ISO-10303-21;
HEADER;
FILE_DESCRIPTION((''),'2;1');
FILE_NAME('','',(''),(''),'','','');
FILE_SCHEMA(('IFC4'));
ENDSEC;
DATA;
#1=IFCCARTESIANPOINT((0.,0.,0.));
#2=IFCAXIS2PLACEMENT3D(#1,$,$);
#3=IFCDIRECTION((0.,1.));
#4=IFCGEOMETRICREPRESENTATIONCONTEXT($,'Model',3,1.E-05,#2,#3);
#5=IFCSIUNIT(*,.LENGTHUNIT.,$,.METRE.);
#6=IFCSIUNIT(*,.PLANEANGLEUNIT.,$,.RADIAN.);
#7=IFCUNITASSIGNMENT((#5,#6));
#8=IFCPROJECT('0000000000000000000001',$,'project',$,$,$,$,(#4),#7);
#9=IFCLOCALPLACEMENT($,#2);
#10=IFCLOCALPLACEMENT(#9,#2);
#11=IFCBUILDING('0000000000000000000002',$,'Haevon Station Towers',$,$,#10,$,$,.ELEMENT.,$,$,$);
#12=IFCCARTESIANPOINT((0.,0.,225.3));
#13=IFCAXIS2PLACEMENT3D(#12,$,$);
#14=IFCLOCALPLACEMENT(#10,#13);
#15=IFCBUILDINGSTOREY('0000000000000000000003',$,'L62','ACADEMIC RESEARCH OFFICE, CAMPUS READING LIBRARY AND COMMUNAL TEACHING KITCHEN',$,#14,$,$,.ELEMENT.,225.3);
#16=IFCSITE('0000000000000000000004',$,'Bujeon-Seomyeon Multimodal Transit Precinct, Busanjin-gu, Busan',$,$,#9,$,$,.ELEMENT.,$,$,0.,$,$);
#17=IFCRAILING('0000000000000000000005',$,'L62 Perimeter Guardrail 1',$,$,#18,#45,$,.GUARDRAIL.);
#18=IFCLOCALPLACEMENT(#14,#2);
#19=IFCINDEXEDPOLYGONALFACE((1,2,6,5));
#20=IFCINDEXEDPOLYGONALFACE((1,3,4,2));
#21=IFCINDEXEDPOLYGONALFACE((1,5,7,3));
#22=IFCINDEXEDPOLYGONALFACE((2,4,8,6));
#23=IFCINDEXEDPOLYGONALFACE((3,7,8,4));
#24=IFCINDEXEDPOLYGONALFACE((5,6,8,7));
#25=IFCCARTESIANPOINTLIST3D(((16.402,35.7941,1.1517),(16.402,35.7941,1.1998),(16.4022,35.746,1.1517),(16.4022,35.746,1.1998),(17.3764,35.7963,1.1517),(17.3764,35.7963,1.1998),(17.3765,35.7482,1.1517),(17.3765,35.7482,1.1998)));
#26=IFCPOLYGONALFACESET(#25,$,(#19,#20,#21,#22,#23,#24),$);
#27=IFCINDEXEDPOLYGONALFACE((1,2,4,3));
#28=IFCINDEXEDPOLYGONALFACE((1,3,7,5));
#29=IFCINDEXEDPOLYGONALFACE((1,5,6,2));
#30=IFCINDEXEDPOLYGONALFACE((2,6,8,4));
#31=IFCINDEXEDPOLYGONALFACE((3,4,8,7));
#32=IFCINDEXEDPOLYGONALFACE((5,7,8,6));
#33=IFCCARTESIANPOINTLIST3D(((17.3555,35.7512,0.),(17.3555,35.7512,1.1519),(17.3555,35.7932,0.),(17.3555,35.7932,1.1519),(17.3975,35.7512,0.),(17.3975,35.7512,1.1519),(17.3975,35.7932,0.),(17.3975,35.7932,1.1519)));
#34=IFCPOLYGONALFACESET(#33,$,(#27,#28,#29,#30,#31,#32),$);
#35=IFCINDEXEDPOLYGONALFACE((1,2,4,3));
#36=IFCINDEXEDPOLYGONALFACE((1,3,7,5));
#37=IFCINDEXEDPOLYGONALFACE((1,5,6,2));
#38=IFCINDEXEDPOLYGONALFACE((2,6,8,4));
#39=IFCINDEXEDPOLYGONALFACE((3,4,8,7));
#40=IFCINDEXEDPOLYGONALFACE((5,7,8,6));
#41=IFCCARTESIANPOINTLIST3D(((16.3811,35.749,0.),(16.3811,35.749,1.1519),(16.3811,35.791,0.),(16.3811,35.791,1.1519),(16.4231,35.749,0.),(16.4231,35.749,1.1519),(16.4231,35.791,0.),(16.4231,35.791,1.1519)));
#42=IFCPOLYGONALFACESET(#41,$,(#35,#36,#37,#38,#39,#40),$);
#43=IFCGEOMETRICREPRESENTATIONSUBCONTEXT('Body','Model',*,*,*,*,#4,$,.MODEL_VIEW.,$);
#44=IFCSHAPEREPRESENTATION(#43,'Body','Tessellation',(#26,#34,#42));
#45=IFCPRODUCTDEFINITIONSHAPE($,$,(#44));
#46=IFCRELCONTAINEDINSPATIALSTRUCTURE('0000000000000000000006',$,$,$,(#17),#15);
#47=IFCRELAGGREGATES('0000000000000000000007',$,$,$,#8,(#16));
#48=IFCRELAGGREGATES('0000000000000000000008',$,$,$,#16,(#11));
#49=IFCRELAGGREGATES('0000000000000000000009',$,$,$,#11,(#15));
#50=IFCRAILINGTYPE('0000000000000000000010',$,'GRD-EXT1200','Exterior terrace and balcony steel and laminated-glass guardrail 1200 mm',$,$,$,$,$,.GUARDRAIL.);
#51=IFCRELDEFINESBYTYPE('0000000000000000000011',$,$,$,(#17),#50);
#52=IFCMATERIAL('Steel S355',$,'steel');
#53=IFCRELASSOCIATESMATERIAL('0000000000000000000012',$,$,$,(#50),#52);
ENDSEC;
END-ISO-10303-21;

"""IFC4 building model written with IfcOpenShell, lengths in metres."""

from ifc_helpers import new_model, si_unit, direction, frame, origin, origin_2d, place, context, subcontext, project, spatial, rectangle, extrude, material, type_object, element, save


model = new_model("IFC4")

# Units and contexts
model_context = context("Model", 3, precision=1e-05, world=origin(), true_north=direction((0.0, 1.0)))
body_context = subcontext(model_context, "Body", "Model", "MODEL_VIEW")
ifc_project = project(units=[si_unit("LENGTHUNIT", "METRE"), si_unit("PLANEANGLEUNIT", "RADIAN")], contexts=[model_context])

# Site, building, storey
site_placement = place(None, origin())
site = spatial("IfcSite", under=ifc_project, at=site_placement, Name="Bujeon-Seomyeon Multimodal Transit Precinct, Busanjin-gu, Busan", CompositionType="ELEMENT", RefElevation=0.0)
building_placement = place(site_placement, origin())
building = spatial("IfcBuilding", under=site, at=building_placement, Name="Haevon Station Towers", CompositionType="ELEMENT")
storey_placement = place(building_placement, frame((0.0, 0.0, 225.3)))
storey = spatial("IfcBuildingStorey", under=building, at=storey_placement, Name="L62", Description="ACADEMIC RESEARCH OFFICE, CAMPUS READING LIBRARY AND COMMUNAL TEACHING KITCHEN", CompositionType="ELEMENT", Elevation=225.3)

# Shared definitions
ifc_material_1 = material(Name="Steel S355", Category="steel")

# Railing
railing_type = type_object("IfcRailingType", Name="GRD-EXT1200", Description="Exterior terrace and balcony steel and laminated-glass guardrail 1200 mm", PredefinedType="GUARDRAIL", material=ifc_material_1)
railing_placement = place(storey_placement, frame((17.3765, 35.7722, 0.0)))
element("IfcRailing", 1, at=railing_placement, inside=storey, type_object=railing_type, Name="L62 Perimeter Guardrail 1", PredefinedType="GUARDRAIL", context=body_context, shape_type="SweptSolid", body=[
    extrude(rectangle(XDim=0.0481, YDim=0.0481, at=origin_2d()), frame((0.0, 0.0, 1.1758), z_axis=(-0.999997, -0.002255, 0.0), x_axis=(0.002255, -0.999997, 0.0)), (0.0, 0.0, 1.0), 0.9744),
    extrude(rectangle(XDim=0.042, YDim=0.042, at=origin_2d()), origin(), (0.0, 0.0, 1.0), 1.1519),
    extrude(rectangle(XDim=0.042, YDim=0.042, at=origin_2d()), frame((-0.9744, -0.0022, 0.0)), (0.0, 0.0, 1.0), 1.1519),
])

save(model, "model.ifc")
